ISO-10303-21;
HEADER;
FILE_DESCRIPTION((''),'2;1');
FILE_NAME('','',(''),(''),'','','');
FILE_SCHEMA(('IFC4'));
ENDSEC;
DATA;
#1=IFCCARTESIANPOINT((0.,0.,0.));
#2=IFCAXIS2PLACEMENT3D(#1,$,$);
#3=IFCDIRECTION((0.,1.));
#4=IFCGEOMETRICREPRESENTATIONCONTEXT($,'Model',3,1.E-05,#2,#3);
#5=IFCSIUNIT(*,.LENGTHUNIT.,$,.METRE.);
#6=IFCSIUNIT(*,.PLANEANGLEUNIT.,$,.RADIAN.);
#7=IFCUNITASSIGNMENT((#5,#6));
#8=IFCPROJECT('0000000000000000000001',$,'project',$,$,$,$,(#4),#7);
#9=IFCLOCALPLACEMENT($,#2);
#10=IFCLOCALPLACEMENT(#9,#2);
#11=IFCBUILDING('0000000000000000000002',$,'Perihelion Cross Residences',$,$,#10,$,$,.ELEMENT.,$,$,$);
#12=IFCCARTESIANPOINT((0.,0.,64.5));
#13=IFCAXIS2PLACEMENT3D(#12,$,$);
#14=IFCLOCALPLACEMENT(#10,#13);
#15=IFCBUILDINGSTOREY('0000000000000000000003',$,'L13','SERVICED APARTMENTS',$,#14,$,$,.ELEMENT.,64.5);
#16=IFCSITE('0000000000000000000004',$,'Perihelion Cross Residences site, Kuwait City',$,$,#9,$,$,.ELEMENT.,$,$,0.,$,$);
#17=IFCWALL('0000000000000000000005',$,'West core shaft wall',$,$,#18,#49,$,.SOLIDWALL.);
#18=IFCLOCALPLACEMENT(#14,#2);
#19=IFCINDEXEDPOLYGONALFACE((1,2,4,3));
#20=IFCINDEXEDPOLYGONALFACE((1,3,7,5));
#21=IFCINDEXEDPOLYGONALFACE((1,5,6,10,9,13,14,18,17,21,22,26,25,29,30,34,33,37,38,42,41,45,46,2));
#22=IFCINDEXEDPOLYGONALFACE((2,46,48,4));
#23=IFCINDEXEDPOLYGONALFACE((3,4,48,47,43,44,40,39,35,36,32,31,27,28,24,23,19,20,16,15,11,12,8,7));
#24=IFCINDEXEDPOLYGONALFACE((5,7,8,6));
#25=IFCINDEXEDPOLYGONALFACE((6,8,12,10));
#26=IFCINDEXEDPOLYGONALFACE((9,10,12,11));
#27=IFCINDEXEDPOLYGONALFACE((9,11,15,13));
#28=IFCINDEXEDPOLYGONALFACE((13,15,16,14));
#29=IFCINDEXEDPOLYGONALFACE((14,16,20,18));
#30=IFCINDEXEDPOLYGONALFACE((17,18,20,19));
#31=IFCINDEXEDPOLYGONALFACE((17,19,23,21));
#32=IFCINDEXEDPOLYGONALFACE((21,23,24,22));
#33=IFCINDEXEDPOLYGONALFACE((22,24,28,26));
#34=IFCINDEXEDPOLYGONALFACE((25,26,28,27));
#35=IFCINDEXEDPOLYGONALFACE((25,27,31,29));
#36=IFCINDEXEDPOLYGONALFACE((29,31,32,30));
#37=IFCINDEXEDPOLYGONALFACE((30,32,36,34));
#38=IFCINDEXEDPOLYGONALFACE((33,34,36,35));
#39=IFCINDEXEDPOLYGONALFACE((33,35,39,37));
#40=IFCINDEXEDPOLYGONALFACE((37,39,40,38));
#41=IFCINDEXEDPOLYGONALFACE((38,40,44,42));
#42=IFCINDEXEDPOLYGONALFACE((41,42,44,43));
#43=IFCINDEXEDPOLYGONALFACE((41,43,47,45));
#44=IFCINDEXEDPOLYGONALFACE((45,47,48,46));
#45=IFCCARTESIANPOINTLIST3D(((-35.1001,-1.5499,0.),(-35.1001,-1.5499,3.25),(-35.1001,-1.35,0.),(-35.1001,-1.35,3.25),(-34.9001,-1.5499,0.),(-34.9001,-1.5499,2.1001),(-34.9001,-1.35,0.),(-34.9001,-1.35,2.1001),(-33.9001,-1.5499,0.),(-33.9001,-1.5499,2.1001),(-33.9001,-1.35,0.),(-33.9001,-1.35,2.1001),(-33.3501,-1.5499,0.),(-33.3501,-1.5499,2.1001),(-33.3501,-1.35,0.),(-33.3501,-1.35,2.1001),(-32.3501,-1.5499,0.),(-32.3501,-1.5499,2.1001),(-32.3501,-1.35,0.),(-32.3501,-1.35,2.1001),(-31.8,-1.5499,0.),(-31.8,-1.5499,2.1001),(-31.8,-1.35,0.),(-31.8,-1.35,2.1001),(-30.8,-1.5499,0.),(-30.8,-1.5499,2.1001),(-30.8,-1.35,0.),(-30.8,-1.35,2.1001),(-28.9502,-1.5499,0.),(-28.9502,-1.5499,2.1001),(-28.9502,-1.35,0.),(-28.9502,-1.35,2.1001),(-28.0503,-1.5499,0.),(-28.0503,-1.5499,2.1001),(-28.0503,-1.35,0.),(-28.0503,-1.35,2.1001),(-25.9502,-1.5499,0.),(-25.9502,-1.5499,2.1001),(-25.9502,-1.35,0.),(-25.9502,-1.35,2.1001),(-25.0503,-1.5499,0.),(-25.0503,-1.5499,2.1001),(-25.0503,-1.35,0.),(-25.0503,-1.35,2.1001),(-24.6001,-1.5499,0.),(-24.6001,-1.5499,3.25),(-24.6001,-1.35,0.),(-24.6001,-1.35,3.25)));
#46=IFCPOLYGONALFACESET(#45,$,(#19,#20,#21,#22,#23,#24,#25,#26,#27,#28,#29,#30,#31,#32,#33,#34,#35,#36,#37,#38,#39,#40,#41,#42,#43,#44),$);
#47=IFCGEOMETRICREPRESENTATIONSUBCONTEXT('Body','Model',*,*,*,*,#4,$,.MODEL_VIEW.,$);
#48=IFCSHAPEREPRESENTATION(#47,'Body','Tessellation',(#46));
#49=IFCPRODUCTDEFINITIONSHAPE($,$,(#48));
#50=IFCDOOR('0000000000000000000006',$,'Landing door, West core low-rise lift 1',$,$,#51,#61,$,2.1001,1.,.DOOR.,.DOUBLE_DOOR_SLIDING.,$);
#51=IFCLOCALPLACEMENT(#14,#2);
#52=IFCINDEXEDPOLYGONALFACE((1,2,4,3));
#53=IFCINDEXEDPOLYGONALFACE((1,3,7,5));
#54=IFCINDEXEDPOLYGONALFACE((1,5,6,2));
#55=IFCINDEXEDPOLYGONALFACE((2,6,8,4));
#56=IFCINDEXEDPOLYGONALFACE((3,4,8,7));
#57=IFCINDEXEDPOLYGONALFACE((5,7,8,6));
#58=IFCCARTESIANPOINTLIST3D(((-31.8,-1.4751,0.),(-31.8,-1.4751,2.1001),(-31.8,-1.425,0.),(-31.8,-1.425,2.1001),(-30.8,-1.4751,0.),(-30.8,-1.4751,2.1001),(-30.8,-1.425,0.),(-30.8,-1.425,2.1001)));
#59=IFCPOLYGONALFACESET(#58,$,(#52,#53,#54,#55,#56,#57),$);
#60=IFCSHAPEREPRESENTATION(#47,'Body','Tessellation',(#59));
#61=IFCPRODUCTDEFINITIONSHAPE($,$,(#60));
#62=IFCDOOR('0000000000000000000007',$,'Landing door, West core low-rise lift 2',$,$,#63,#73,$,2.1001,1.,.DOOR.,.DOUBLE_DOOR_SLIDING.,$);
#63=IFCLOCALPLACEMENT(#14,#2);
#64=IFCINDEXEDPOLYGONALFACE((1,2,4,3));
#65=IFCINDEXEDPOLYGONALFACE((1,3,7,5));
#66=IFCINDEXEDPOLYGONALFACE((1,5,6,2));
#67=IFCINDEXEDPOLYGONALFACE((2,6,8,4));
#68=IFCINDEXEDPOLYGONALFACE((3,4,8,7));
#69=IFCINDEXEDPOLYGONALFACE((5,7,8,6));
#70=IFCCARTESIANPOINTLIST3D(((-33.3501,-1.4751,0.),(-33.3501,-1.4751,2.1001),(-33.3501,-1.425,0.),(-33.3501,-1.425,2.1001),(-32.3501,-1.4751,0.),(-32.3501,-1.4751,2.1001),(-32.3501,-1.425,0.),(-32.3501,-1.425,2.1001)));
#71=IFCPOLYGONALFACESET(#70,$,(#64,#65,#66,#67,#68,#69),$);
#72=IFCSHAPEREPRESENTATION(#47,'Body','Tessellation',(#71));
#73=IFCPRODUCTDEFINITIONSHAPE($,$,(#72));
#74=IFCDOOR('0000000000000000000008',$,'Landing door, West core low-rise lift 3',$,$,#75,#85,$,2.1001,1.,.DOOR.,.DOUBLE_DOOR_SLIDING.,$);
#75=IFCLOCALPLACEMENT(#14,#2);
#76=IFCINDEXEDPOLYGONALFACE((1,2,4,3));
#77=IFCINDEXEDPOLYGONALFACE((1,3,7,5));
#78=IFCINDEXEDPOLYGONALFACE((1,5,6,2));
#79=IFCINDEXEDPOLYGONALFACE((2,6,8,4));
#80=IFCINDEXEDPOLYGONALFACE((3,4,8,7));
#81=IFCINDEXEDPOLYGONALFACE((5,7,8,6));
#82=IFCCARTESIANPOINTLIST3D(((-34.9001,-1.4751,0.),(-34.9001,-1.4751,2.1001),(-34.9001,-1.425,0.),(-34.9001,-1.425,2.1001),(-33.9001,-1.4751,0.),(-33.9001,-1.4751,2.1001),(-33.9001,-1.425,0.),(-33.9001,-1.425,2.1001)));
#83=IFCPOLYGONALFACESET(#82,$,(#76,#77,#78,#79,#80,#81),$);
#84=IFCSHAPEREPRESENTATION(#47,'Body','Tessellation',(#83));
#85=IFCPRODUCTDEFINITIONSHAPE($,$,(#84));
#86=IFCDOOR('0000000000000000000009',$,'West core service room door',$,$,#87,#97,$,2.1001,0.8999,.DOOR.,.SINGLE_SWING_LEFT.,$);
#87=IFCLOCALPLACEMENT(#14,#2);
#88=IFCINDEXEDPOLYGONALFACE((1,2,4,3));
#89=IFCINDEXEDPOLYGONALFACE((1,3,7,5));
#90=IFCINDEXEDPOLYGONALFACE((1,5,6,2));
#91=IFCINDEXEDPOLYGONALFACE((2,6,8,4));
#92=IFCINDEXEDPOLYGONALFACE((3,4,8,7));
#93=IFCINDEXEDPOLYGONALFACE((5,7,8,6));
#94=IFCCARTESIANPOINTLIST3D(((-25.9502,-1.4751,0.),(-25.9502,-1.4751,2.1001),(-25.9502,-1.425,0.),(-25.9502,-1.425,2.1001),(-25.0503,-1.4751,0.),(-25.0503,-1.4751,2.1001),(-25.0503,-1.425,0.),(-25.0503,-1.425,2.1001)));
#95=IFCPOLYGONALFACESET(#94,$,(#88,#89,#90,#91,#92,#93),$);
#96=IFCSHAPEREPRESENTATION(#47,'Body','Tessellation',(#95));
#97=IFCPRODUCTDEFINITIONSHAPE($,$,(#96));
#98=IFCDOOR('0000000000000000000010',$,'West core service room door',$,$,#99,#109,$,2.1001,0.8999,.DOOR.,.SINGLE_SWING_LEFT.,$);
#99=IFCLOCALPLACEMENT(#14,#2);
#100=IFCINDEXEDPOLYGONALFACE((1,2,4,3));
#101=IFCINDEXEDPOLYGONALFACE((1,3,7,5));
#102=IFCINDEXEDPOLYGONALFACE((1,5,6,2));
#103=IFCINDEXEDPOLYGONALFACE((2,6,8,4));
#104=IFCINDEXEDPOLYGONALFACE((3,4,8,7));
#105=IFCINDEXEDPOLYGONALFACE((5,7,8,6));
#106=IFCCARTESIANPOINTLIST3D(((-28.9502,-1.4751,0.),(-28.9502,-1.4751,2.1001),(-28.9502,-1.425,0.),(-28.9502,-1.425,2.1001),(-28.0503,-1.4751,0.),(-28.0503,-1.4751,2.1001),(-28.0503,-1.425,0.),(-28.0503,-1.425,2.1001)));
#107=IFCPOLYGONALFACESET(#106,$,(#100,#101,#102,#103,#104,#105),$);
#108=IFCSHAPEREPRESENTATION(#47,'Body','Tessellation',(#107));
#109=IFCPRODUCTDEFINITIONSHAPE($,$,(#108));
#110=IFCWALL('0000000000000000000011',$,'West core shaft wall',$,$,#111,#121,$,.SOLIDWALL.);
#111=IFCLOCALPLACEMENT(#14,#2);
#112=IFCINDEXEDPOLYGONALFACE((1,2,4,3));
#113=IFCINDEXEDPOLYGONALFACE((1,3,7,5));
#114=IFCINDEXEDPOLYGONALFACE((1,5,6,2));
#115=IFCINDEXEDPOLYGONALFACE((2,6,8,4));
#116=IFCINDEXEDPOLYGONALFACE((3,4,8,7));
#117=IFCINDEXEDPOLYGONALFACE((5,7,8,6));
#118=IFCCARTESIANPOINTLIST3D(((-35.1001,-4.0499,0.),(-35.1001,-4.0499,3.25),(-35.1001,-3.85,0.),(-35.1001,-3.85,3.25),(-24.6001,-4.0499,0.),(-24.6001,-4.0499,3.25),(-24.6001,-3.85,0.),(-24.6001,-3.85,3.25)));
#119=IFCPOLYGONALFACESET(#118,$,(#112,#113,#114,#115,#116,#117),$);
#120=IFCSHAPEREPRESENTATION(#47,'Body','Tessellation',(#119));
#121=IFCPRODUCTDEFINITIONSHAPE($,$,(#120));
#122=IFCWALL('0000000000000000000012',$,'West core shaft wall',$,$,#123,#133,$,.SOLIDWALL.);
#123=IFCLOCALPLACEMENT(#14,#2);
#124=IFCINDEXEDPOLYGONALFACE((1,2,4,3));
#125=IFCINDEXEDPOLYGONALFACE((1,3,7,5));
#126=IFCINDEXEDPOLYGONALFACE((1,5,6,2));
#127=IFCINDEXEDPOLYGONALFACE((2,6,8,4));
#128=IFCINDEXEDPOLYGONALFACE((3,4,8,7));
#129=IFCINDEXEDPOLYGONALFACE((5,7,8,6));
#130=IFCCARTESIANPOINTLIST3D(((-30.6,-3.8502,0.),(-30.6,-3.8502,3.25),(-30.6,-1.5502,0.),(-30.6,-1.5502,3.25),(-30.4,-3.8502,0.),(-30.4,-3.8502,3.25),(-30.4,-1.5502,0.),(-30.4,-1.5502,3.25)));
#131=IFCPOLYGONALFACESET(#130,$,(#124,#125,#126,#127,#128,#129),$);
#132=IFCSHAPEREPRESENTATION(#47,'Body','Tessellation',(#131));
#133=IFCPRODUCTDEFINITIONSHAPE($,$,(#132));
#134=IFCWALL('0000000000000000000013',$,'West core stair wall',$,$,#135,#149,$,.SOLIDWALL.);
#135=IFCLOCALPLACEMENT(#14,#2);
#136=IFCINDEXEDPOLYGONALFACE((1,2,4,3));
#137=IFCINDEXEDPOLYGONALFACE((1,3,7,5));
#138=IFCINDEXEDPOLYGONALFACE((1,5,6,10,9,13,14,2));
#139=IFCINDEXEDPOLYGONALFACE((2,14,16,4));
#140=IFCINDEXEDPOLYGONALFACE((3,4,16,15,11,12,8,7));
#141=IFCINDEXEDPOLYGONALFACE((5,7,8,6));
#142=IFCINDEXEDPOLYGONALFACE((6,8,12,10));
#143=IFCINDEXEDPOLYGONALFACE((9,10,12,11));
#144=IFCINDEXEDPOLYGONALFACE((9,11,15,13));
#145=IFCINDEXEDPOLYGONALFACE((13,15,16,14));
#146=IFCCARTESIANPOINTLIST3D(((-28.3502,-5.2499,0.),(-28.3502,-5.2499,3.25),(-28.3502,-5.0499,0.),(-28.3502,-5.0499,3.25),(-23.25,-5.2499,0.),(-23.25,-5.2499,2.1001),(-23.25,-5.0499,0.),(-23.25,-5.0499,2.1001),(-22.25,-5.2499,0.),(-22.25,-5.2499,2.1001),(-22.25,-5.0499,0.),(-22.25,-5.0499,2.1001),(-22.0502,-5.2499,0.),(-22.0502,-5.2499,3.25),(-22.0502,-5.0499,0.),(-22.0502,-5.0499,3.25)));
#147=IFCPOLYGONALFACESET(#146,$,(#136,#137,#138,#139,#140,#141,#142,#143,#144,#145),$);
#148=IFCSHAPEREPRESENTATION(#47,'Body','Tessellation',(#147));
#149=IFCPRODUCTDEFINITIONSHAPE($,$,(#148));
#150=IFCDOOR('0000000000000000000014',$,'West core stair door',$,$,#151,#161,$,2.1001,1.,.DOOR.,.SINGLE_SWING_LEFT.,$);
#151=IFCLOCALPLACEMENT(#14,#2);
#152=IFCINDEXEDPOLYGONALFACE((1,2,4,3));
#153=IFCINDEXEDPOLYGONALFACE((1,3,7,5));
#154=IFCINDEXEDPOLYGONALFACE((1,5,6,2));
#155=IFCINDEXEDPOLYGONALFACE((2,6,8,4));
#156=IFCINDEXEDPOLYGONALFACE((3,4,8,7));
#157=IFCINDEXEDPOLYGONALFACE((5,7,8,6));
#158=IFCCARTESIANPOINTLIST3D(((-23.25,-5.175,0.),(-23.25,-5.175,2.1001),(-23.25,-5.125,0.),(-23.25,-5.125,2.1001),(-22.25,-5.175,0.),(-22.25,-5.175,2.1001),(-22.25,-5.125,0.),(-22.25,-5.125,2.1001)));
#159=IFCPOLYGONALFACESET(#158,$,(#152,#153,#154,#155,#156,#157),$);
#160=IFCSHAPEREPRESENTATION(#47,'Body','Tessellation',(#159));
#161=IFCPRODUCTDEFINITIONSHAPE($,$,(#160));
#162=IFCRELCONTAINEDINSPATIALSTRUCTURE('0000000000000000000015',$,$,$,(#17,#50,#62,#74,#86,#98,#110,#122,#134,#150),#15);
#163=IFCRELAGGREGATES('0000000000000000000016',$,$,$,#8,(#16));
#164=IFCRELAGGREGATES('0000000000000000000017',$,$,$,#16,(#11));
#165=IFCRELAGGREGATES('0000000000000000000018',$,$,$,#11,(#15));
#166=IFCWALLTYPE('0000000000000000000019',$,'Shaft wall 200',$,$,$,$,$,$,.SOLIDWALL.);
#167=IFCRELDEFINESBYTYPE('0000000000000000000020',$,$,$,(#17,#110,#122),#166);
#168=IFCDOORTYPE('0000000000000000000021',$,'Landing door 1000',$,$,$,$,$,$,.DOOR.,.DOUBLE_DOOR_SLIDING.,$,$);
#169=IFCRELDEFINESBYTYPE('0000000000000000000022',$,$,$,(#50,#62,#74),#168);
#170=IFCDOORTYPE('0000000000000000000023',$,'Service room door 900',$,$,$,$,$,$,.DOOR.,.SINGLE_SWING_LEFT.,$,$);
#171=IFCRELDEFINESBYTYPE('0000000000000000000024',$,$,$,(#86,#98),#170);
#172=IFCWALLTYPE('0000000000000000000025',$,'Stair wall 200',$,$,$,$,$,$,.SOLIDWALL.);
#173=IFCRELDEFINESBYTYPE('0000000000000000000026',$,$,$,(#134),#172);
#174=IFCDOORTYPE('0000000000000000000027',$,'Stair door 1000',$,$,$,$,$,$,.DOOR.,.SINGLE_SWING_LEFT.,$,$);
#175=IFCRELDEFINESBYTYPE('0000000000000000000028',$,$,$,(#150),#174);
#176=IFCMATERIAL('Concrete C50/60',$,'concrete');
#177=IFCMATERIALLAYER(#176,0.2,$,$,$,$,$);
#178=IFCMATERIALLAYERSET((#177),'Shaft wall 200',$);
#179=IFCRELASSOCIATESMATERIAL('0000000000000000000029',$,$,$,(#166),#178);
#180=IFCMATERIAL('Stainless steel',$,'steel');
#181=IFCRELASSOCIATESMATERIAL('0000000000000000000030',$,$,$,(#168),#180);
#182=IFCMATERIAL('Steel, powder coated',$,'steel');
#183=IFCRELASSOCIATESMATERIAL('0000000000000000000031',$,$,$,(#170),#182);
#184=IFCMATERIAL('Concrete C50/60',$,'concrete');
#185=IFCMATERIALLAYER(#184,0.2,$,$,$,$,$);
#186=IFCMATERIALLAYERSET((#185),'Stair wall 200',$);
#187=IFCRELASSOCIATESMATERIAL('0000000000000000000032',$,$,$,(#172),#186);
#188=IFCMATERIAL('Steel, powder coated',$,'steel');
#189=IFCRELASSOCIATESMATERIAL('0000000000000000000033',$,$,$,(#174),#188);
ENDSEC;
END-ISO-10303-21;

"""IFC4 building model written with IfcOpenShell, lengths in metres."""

from ifc_helpers import new_model, si_unit, direction, frame, frame_2d, origin, place, context, subcontext, project, spatial, rectangle, extrude, material, layer, layer_set, type_object, element, fill, save


model = new_model("IFC4")

# Units and contexts
model_context = context("Model", 3, precision=1e-05, world=origin(), true_north=direction((0.0, 1.0)))
body_context = subcontext(model_context, "Body", "Model", "MODEL_VIEW")
ifc_project = project(units=[si_unit("LENGTHUNIT", "METRE"), si_unit("PLANEANGLEUNIT", "RADIAN")], contexts=[model_context])

# Site, building, storey
site_placement = place(None, origin())
site = spatial("IfcSite", under=ifc_project, at=site_placement, Name="Perihelion Cross Residences site, Kuwait City", CompositionType="ELEMENT", RefElevation=0.0)
building_placement = place(site_placement, origin())
building = spatial("IfcBuilding", under=site, at=building_placement, Name="Perihelion Cross Residences", CompositionType="ELEMENT")
storey_placement = place(building_placement, frame((0.0, 0.0, 64.5)))
storey = spatial("IfcBuildingStorey", under=building, at=storey_placement, Name="L13", Description="SERVICED APARTMENTS", CompositionType="ELEMENT", Elevation=64.5)

# Wall, openings, doors
ifc_material_1 = material(Name="Concrete C50/60", Category="concrete")
ifc_layer_1 = layer(ifc_material_1, 0.2)
ifc_layer_set_1 = layer_set([ifc_layer_1], Name="Shaft wall 200")
wall_type_1 = type_object("IfcWallType", Name="Shaft wall 200", PredefinedType="SOLIDWALL", material=ifc_layer_set_1)
wall_1_placement = place(storey_placement, frame((-35.1001, -1.45, 0.0), z_axis=(0.0, 0.0, 1.0), x_axis=(1.0, 0.0, 0.0)))
wall_1 = element("IfcWall", 1, at=wall_1_placement, inside=storey, type_object=wall_type_1, Name="West core shaft wall", PredefinedType="SOLIDWALL", context=body_context, shape_type="SweptSolid", body=[
    extrude(rectangle(XDim=10.5, YDim=0.2, at=frame_2d((5.25, 0.0))), origin(), (0.0, 0.0, 1.0), 3.25),
])
opening_1_placement = place(wall_1_placement, frame((3.3, 0.0, 0.0)))
opening_1 = element("IfcOpeningElement", 2, at=opening_1_placement, cuts=wall_1, PredefinedType="OPENING", context=body_context, shape_type="SweptSolid", body=[
    extrude(rectangle(XDim=1.0, YDim=2.1001, at=frame_2d((0.5, 1.05))), frame((0.0, 0.1099, 0.0), z_axis=(0.0, -1.0, 0.0), x_axis=(1.0, 0.0, 0.0)), (0.0, 0.0, 1.0), 0.22),
])
opening_2_placement = place(wall_1_placement, frame((1.75, 0.0, 0.0)))
opening_2 = element("IfcOpeningElement", 3, at=opening_2_placement, cuts=wall_1, PredefinedType="OPENING", context=body_context, shape_type="SweptSolid", body=[
    extrude(rectangle(XDim=1.0, YDim=2.1001, at=frame_2d((0.5, 1.05))), frame((0.0, 0.1099, 0.0), z_axis=(0.0, -1.0, 0.0), x_axis=(1.0, 0.0, 0.0)), (0.0, 0.0, 1.0), 0.22),
])
opening_3_placement = place(wall_1_placement, frame((0.2, 0.0, 0.0)))
opening_3 = element("IfcOpeningElement", 4, at=opening_3_placement, cuts=wall_1, PredefinedType="OPENING", context=body_context, shape_type="SweptSolid", body=[
    extrude(rectangle(XDim=1.0, YDim=2.1001, at=frame_2d((0.5, 1.05))), frame((0.0, 0.1099, 0.0), z_axis=(0.0, -1.0, 0.0), x_axis=(1.0, 0.0, 0.0)), (0.0, 0.0, 1.0), 0.22),
])
opening_4_placement = place(wall_1_placement, frame((9.1499, 0.0, 0.0)))
opening_4 = element("IfcOpeningElement", 5, at=opening_4_placement, cuts=wall_1, PredefinedType="OPENING", context=body_context, shape_type="SweptSolid", body=[
    extrude(rectangle(XDim=0.8999, YDim=2.1001, at=frame_2d((0.45, 1.05))), frame((0.0, 0.1099, 0.0), z_axis=(0.0, -1.0, 0.0), x_axis=(1.0, 0.0, 0.0)), (0.0, 0.0, 1.0), 0.22),
])
opening_5_placement = place(wall_1_placement, frame((6.1499, 0.0, 0.0)))
opening_5 = element("IfcOpeningElement", 6, at=opening_5_placement, cuts=wall_1, PredefinedType="OPENING", context=body_context, shape_type="SweptSolid", body=[
    extrude(rectangle(XDim=0.8999, YDim=2.1001, at=frame_2d((0.45, 1.05))), frame((0.0, 0.1099, 0.0), z_axis=(0.0, -1.0, 0.0), x_axis=(1.0, 0.0, 0.0)), (0.0, 0.0, 1.0), 0.22),
])
ifc_material_2 = material(Name="Stainless steel", Category="steel")
door_type_1 = type_object("IfcDoorType", Name="Landing door 1000", OperationType="DOUBLE_DOOR_SLIDING", PredefinedType="DOOR", material=ifc_material_2)
door_1_placement = place(opening_1_placement, origin())
door_1 = element("IfcDoor", 7, at=door_1_placement, inside=storey, type_object=door_type_1, Name="Landing door, West core low-rise lift 1", OperationType="DOUBLE_DOOR_SLIDING", OverallHeight=2.1001, OverallWidth=1.0, PredefinedType="DOOR", context=body_context, shape_type="SweptSolid", body=[
    extrude(rectangle(XDim=1.0, YDim=2.1001, at=frame_2d((0.5, 1.05))), frame((0.0, 0.0249, 0.0), z_axis=(0.0, -1.0, 0.0), x_axis=(1.0, 0.0, 0.0)), (0.0, 0.0, 1.0), 0.05),
])
fill(opening_1, door_1)
door_2_placement = place(opening_2_placement, origin())
door_2 = element("IfcDoor", 8, at=door_2_placement, inside=storey, type_object=door_type_1, Name="Landing door, West core low-rise lift 2", OperationType="DOUBLE_DOOR_SLIDING", OverallHeight=2.1001, OverallWidth=1.0, PredefinedType="DOOR", context=body_context, shape_type="SweptSolid", body=[
    extrude(rectangle(XDim=1.0, YDim=2.1001, at=frame_2d((0.5, 1.05))), frame((0.0, 0.0249, 0.0), z_axis=(0.0, -1.0, 0.0), x_axis=(1.0, 0.0, 0.0)), (0.0, 0.0, 1.0), 0.05),
])
fill(opening_2, door_2)
door_3_placement = place(opening_3_placement, origin())
door_3 = element("IfcDoor", 9, at=door_3_placement, inside=storey, type_object=door_type_1, Name="Landing door, West core low-rise lift 3", OperationType="DOUBLE_DOOR_SLIDING", OverallHeight=2.1001, OverallWidth=1.0, PredefinedType="DOOR", context=body_context, shape_type="SweptSolid", body=[
    extrude(rectangle(XDim=1.0, YDim=2.1001, at=frame_2d((0.5, 1.05))), frame((0.0, 0.0249, 0.0), z_axis=(0.0, -1.0, 0.0), x_axis=(1.0, 0.0, 0.0)), (0.0, 0.0, 1.0), 0.05),
])
fill(opening_3, door_3)
ifc_material_3 = material(Name="Steel, powder coated", Category="steel")
door_type_2 = type_object("IfcDoorType", Name="Service room door 900", OperationType="SINGLE_SWING_LEFT", PredefinedType="DOOR", material=ifc_material_3)
door_4_placement = place(opening_4_placement, origin())
door_4 = element("IfcDoor", 10, at=door_4_placement, inside=storey, type_object=door_type_2, Name="West core service room door", OperationType="SINGLE_SWING_LEFT", OverallHeight=2.1001, OverallWidth=0.8999, PredefinedType="DOOR", context=body_context, shape_type="SweptSolid", body=[
    extrude(rectangle(XDim=0.8999, YDim=2.1001, at=frame_2d((0.45, 1.05))), frame((0.0, 0.0249, 0.0), z_axis=(0.0, -1.0, 0.0), x_axis=(1.0, 0.0, 0.0)), (0.0, 0.0, 1.0), 0.05),
])
fill(opening_4, door_4)
door_5_placement = place(opening_5_placement, origin())
door_5 = element("IfcDoor", 11, at=door_5_placement, inside=storey, type_object=door_type_2, Name="West core service room door", OperationType="SINGLE_SWING_LEFT", OverallHeight=2.1001, OverallWidth=0.8999, PredefinedType="DOOR", context=body_context, shape_type="SweptSolid", body=[
    extrude(rectangle(XDim=0.8999, YDim=2.1001, at=frame_2d((0.45, 1.05))), frame((0.0, 0.0249, 0.0), z_axis=(0.0, -1.0, 0.0), x_axis=(1.0, 0.0, 0.0)), (0.0, 0.0, 1.0), 0.05),
])
fill(opening_5, door_5)

# Walls
wall_2_placement = place(storey_placement, frame((-35.1001, -3.95, 0.0), z_axis=(0.0, 0.0, 1.0), x_axis=(1.0, 0.0, 0.0)))
element("IfcWall", 12, at=wall_2_placement, inside=storey, type_object=wall_type_1, Name="West core shaft wall", PredefinedType="SOLIDWALL", context=body_context, shape_type="SweptSolid", body=[
    extrude(rectangle(XDim=10.5, YDim=0.2, at=frame_2d((5.25, 0.0))), origin(), (0.0, 0.0, 1.0), 3.25),
])
wall_3_placement = place(storey_placement, frame((-30.5, -3.8501, 0.0), z_axis=(0.0, 0.0, 1.0), x_axis=(0.0, 1.0, 0.0)))
element("IfcWall", 13, at=wall_3_placement, inside=storey, type_object=wall_type_1, Name="West core shaft wall", PredefinedType="SOLIDWALL", context=body_context, shape_type="SweptSolid", body=[
    extrude(rectangle(XDim=2.3, YDim=0.2, at=frame_2d((1.1499, 0.0))), origin(), (0.0, 0.0, 1.0), 3.25),
])

# Wall, opening, door
ifc_material_4 = material(Name="Concrete C50/60", Category="concrete")
ifc_layer_2 = layer(ifc_material_4, 0.2)
ifc_layer_set_2 = layer_set([ifc_layer_2], Name="Stair wall 200")
wall_type_2 = type_object("IfcWallType", Name="Stair wall 200", PredefinedType="SOLIDWALL", material=ifc_layer_set_2)
wall_4_placement = place(storey_placement, frame((-28.3501, -5.1499, 0.0), z_axis=(0.0, 0.0, 1.0), x_axis=(1.0, 0.0, 0.0)))
wall_4 = element("IfcWall", 14, at=wall_4_placement, inside=storey, type_object=wall_type_2, Name="West core stair wall", PredefinedType="SOLIDWALL", context=body_context, shape_type="SweptSolid", body=[
    extrude(rectangle(XDim=6.3, YDim=0.2, at=frame_2d((3.1499, 0.0))), origin(), (0.0, 0.0, 1.0), 3.25),
])
opening_6_placement = place(wall_4_placement, frame((5.1001, 0.0, 0.0)))
opening_6 = element("IfcOpeningElement", 15, at=opening_6_placement, cuts=wall_4, PredefinedType="OPENING", context=body_context, shape_type="SweptSolid", body=[
    extrude(rectangle(XDim=1.0, YDim=2.1001, at=frame_2d((0.5, 1.05))), frame((0.0, 0.1099, 0.0), z_axis=(0.0, -1.0, 0.0), x_axis=(1.0, 0.0, 0.0)), (0.0, 0.0, 1.0), 0.22),
])
ifc_material_5 = material(Name="Steel, powder coated", Category="steel")
door_type_3 = type_object("IfcDoorType", Name="Stair door 1000", OperationType="SINGLE_SWING_LEFT", PredefinedType="DOOR", material=ifc_material_5)
door_6_placement = place(opening_6_placement, origin())
door_6 = element("IfcDoor", 16, at=door_6_placement, inside=storey, type_object=door_type_3, Name="West core stair door", OperationType="SINGLE_SWING_LEFT", OverallHeight=2.1001, OverallWidth=1.0, PredefinedType="DOOR", context=body_context, shape_type="SweptSolid", body=[
    extrude(rectangle(XDim=1.0, YDim=2.1001, at=frame_2d((0.5, 1.05))), frame((0.0, 0.0249, 0.0), z_axis=(0.0, -1.0, 0.0), x_axis=(1.0, 0.0, 0.0)), (0.0, 0.0, 1.0), 0.05),
])
fill(opening_6, door_6)

save(model, "model.ifc")
